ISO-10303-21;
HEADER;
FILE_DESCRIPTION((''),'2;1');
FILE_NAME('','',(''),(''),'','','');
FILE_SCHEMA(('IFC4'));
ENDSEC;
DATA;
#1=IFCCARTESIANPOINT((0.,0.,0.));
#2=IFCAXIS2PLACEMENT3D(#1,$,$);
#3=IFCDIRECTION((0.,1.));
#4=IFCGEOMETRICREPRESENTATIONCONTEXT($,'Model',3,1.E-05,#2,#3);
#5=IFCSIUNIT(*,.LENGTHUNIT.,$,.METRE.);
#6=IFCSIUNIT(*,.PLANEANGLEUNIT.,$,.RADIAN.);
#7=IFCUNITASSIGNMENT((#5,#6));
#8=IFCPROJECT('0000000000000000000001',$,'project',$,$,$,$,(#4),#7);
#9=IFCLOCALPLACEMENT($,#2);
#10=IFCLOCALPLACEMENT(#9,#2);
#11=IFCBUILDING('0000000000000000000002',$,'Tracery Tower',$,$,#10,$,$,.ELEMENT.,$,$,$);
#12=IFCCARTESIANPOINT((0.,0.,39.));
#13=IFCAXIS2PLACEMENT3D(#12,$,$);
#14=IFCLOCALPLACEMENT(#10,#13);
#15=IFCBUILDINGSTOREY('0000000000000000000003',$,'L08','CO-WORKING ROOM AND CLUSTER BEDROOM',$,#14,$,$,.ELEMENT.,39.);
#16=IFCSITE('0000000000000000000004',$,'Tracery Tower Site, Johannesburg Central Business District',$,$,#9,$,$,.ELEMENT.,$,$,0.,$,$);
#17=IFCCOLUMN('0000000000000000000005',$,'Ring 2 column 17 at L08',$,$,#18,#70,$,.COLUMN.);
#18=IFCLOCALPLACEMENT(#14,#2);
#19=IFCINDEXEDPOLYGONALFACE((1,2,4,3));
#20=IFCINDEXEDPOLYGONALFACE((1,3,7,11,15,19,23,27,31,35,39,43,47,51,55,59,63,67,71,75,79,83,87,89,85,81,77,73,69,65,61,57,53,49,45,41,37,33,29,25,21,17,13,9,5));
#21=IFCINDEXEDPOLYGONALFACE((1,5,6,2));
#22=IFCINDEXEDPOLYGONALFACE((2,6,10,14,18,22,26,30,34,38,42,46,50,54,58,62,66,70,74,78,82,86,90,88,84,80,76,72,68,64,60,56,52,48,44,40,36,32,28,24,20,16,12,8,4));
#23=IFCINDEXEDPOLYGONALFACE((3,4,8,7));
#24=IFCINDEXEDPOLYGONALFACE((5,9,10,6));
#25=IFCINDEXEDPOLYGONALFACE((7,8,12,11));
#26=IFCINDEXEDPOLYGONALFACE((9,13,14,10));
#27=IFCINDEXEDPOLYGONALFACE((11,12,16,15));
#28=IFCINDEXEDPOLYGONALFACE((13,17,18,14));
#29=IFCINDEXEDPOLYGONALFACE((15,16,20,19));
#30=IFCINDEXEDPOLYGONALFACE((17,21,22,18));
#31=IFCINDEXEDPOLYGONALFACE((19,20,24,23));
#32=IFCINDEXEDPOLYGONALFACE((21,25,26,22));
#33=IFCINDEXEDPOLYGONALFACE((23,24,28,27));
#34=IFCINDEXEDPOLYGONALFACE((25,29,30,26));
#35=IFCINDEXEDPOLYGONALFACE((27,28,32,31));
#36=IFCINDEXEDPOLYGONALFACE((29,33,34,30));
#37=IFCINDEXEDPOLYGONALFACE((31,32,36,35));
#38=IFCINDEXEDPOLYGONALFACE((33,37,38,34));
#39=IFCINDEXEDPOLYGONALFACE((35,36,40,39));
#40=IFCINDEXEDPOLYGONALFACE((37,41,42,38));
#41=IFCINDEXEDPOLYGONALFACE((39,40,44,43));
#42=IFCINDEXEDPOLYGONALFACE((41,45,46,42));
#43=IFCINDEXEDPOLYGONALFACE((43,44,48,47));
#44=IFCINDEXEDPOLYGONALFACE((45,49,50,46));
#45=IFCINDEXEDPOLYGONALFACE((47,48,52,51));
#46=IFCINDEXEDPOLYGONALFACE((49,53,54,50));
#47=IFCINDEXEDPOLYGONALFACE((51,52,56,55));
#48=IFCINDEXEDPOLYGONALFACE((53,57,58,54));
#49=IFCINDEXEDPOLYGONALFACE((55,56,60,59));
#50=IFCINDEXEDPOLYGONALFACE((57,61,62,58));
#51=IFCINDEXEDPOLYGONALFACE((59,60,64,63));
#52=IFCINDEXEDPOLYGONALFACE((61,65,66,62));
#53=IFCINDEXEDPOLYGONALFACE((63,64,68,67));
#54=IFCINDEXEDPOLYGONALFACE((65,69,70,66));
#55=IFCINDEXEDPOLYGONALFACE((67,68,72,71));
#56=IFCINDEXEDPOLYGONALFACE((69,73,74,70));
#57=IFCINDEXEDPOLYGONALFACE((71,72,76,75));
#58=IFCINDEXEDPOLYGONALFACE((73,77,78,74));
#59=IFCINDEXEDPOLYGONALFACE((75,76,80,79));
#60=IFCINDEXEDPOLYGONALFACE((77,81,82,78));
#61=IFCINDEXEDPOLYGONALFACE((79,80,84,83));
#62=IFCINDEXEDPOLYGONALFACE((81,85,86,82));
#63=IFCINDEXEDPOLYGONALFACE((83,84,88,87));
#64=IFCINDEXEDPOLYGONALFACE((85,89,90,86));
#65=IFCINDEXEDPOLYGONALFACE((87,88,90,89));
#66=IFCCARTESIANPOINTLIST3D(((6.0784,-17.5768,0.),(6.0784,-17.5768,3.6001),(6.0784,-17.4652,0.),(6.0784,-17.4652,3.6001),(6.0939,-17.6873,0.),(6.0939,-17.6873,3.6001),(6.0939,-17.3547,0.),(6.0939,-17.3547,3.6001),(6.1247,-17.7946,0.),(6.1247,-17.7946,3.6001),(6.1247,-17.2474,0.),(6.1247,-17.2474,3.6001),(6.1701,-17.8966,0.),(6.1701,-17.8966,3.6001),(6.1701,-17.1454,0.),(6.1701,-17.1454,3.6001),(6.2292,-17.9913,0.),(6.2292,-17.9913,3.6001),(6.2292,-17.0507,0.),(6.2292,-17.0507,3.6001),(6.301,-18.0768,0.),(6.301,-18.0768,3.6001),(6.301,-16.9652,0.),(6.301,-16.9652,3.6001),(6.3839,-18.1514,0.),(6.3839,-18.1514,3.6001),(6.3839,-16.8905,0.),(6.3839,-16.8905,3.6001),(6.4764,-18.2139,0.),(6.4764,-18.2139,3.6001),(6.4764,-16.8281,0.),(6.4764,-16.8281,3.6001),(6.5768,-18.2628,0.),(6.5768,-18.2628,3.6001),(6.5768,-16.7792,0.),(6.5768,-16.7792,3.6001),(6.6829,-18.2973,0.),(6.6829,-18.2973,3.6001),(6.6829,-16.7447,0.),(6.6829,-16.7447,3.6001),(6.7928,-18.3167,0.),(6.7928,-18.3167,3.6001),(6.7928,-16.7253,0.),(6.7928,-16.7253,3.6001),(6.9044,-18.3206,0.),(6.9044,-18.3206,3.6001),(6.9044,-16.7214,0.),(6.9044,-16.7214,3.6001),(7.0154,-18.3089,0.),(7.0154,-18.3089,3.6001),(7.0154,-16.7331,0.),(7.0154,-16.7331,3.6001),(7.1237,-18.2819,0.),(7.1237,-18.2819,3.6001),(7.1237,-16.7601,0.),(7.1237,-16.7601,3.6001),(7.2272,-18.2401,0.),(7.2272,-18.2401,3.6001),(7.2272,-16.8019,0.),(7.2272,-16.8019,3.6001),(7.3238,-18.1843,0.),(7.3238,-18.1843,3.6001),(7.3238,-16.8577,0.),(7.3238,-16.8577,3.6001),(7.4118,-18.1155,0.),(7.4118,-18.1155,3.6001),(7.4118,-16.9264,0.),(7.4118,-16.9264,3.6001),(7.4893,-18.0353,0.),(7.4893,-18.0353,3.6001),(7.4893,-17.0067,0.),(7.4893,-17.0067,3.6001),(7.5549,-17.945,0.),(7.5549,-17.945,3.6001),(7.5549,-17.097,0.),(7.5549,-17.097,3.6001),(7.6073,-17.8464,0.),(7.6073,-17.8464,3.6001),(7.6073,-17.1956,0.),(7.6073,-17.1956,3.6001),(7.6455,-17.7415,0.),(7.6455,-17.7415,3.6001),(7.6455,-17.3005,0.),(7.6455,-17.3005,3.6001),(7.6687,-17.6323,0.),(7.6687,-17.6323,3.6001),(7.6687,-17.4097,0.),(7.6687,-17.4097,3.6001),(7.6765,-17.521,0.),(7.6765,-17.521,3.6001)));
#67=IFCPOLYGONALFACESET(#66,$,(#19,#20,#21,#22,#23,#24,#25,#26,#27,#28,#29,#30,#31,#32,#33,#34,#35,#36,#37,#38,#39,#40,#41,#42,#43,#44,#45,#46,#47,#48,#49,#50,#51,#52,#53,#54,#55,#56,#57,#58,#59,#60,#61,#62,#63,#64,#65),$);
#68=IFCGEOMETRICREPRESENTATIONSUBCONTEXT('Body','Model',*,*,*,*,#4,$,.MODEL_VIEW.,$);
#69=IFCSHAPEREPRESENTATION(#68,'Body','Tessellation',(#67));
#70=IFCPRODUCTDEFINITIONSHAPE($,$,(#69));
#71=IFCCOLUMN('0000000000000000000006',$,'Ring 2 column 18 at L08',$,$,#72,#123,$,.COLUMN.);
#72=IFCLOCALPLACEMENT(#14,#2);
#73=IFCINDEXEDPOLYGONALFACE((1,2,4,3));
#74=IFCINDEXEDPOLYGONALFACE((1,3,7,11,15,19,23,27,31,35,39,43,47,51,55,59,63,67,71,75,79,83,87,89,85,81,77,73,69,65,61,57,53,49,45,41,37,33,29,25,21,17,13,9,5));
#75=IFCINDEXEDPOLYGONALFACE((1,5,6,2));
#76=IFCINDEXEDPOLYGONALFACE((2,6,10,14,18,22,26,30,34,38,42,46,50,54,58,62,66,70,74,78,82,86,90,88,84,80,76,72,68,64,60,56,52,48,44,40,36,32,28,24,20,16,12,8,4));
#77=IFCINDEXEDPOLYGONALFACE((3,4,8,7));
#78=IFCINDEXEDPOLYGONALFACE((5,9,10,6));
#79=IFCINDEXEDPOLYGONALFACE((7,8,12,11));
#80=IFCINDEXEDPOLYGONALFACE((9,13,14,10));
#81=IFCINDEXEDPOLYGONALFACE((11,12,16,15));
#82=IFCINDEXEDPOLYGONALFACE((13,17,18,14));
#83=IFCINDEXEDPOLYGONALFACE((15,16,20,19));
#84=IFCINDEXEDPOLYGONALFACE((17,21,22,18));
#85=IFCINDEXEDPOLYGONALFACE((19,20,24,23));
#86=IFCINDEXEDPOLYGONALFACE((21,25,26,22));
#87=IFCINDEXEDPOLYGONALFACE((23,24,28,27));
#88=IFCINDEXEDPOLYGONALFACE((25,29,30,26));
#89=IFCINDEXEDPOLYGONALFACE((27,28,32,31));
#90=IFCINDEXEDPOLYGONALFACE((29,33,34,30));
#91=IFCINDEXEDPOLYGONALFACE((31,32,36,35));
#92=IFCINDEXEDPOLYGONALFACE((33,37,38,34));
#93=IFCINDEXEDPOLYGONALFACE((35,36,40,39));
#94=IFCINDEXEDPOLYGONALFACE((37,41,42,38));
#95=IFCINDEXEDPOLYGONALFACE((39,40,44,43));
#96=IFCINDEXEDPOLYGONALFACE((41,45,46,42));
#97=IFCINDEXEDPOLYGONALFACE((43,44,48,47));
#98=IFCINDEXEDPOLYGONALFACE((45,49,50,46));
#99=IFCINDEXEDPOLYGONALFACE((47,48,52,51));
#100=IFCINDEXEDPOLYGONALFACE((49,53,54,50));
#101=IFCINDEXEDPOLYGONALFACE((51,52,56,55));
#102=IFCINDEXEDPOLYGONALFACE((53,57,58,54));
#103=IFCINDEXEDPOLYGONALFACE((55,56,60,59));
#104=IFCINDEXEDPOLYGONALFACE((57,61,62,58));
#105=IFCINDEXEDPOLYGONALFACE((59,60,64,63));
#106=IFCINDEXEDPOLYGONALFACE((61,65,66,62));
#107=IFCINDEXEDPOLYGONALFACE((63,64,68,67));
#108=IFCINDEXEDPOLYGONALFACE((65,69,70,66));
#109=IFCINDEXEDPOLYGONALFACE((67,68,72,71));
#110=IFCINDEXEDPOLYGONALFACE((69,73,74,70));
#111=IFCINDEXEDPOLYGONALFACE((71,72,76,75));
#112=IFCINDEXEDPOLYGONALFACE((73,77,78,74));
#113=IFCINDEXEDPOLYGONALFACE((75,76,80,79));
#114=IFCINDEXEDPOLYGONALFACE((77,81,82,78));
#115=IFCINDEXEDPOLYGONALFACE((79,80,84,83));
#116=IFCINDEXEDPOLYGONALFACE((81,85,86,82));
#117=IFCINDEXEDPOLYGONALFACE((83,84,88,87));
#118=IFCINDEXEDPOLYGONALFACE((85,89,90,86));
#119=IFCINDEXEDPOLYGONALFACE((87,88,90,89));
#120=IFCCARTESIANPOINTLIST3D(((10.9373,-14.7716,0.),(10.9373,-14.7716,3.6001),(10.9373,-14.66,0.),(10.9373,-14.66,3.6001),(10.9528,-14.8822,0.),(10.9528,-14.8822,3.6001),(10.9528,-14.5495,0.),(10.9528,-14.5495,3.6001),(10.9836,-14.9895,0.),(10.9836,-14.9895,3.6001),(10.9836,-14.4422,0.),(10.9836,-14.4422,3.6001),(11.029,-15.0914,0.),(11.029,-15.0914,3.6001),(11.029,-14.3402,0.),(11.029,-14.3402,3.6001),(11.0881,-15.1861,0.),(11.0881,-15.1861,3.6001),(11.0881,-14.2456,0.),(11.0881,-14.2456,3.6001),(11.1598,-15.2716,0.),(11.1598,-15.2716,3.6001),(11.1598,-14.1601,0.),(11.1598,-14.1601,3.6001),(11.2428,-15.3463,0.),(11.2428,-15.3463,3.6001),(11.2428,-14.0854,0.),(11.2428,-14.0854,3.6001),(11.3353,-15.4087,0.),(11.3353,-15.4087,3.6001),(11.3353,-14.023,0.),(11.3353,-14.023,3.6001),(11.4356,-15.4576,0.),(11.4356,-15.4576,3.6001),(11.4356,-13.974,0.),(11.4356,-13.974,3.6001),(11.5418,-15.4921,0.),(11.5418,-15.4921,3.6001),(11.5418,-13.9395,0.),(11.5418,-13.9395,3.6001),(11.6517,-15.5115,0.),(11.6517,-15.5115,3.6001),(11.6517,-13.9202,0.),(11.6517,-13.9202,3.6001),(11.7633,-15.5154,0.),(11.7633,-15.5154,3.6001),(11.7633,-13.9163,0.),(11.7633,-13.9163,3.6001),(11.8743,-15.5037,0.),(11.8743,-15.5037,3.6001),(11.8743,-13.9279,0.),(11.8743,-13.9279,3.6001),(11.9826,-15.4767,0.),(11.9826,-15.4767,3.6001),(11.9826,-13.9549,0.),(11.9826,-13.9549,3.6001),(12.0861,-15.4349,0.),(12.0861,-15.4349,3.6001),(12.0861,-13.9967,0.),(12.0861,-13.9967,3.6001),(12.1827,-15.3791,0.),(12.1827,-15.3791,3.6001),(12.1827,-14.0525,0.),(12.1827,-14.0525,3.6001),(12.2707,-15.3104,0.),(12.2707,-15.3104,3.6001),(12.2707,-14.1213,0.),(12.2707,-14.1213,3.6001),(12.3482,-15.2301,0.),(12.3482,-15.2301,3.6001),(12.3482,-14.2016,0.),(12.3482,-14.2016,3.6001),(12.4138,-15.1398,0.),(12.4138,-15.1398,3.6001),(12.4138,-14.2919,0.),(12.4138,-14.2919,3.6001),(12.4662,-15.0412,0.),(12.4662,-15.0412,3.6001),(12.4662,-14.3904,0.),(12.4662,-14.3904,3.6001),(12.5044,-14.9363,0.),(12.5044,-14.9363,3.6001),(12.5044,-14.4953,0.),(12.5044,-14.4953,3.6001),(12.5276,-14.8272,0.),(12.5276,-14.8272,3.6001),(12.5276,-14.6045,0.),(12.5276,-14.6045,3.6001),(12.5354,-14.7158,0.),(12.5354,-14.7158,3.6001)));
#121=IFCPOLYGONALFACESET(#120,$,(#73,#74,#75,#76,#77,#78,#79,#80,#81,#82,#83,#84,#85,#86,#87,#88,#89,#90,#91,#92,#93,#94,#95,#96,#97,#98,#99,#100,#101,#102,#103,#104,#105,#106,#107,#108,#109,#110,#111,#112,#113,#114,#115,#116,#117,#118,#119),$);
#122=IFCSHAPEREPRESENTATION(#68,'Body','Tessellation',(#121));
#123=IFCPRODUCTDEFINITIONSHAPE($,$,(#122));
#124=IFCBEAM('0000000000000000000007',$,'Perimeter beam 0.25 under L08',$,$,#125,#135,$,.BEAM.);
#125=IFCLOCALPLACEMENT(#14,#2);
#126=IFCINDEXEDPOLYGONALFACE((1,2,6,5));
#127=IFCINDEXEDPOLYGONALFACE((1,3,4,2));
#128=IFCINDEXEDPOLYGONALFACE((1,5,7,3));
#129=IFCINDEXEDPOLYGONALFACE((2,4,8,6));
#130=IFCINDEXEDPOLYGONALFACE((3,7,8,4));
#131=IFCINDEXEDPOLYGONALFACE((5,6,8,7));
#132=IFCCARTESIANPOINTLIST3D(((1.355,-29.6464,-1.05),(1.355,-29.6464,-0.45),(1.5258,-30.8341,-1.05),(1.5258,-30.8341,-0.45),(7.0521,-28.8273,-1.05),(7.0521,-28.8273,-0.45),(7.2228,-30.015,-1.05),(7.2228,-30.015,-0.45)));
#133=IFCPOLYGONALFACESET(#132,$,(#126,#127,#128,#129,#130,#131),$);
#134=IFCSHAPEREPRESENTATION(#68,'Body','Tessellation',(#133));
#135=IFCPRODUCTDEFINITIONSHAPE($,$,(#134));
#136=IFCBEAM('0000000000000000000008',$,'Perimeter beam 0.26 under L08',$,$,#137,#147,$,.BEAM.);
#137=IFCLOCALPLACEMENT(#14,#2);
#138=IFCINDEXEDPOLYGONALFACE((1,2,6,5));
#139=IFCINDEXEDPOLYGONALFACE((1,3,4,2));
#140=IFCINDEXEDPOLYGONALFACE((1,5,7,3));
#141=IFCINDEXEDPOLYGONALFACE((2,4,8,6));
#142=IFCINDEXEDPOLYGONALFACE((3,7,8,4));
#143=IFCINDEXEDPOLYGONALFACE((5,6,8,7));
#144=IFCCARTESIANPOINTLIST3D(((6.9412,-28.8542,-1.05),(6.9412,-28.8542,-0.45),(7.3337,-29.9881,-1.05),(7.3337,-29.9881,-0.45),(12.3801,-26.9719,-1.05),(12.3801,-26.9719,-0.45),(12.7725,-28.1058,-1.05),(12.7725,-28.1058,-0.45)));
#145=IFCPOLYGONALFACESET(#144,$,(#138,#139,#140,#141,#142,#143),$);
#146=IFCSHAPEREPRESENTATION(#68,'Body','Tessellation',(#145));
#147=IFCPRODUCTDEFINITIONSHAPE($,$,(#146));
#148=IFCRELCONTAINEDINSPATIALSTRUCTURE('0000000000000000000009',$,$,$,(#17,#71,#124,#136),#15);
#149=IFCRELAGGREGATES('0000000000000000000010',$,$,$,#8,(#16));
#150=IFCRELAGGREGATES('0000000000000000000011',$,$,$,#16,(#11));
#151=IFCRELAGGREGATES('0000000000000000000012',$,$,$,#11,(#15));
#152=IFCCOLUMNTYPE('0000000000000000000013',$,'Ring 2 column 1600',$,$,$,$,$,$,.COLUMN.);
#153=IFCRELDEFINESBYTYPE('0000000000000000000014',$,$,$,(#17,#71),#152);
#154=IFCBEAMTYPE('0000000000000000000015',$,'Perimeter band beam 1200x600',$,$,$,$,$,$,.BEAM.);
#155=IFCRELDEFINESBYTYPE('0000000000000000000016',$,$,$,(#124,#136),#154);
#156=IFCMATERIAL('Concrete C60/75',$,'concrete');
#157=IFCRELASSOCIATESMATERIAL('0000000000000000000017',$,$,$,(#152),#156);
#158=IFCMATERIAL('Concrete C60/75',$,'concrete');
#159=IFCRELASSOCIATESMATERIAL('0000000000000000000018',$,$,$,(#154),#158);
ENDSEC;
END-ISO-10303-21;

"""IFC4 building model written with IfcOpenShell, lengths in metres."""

from ifc_helpers import new_model, si_unit, direction, frame, origin, origin_2d, place, context, subcontext, project, spatial, rectangle, circle, extrude, material, material_profile, profile_set, type_object, element, save


model = new_model("IFC4")

# Units and contexts
model_context = context("Model", 3, precision=1e-05, world=origin(), true_north=direction((0.0, 1.0)))
body_context = subcontext(model_context, "Body", "Model", "MODEL_VIEW")
ifc_project = project(units=[si_unit("LENGTHUNIT", "METRE"), si_unit("PLANEANGLEUNIT", "RADIAN")], contexts=[model_context])

# Site, building, storey
site_placement = place(None, origin())
site = spatial("IfcSite", under=ifc_project, at=site_placement, Name="Tracery Tower Site, Johannesburg Central Business District", CompositionType="ELEMENT", RefElevation=0.0)
building_placement = place(site_placement, origin())
building = spatial("IfcBuilding", under=site, at=building_placement, Name="Tracery Tower", CompositionType="ELEMENT")
storey_placement = place(building_placement, frame((0.0, 0.0, 39.0)))
storey = spatial("IfcBuildingStorey", under=building, at=storey_placement, Name="L08", Description="CO-WORKING ROOM AND CLUSTER BEDROOM", CompositionType="ELEMENT", Elevation=39.0)

# Columns
ifc_material_1 = material(Name="Concrete C60/75", Category="concrete")
ifc_material_profile_1 = material_profile(ifc_material_1, circle(Radius=0.8, at=origin_2d()), Name="RC D1600")
ifc_profile_set_1 = profile_set([ifc_material_profile_1], Name="Concrete C60/75")
column_type_1 = type_object("IfcColumnType", Name="Ring 2 column 1600", PredefinedType="COLUMN", material=ifc_profile_set_1)
for number, where, z_axis, x_axis, name in (
    (1, (6.8765, -17.521, 0.0), (0.0, 0.0, 1.0), (1.0, 0.0, 0.0), "Ring 2 column 17 at L08"),
    (2, (11.7354, -14.7158, 0.0), (0.0, 0.0, 1.0), (1.0, 0.0, 0.0), "Ring 2 column 18 at L08"),
):
    element("IfcColumn", number, at=place(storey_placement, frame(where, z_axis=z_axis, x_axis=x_axis)), inside=storey, type_object=column_type_1, Name=name, PredefinedType="COLUMN", context=body_context, shape_type="SweptSolid", body=[
        extrude(circle(Radius=0.8, at=origin_2d()), origin(), (0.0, 0.0, 1.0), 3.6001),
    ])

# Beams
ifc_material_2 = material(Name="Concrete C60/75", Category="concrete")
ifc_material_profile_2 = material_profile(ifc_material_2, rectangle(XDim=1.2, YDim=0.6001, at=origin_2d()), Name="RC 1200x600")
ifc_profile_set_2 = profile_set([ifc_material_profile_2], Name="Concrete C60/75")
beam_type = type_object("IfcBeamType", Name="Perimeter band beam 1200x600", PredefinedType="BEAM", material=ifc_profile_set_2)
beam_1_placement = place(storey_placement, frame((1.4404, -30.2402, -0.75), z_axis=(0.989822, 0.142312, 0.0), x_axis=(-0.142312, 0.989822, 0.0)))
element("IfcBeam", 3, at=beam_1_placement, inside=storey, type_object=beam_type, Name="Perimeter beam 0.25 under L08", PredefinedType="BEAM", context=body_context, shape_type="SweptSolid", body=[
    extrude(rectangle(XDim=1.2, YDim=0.6001, at=origin_2d()), origin(), (0.0, 0.0, 1.0), 5.7556),
])
beam_2_placement = place(storey_placement, frame((7.1375, -29.4211, -0.75), z_axis=(0.945007, 0.327049, 0.0), x_axis=(-0.327049, 0.945007, 0.0)))
element("IfcBeam", 4, at=beam_2_placement, inside=storey, type_object=beam_type, Name="Perimeter beam 0.26 under L08", PredefinedType="BEAM", context=body_context, shape_type="SweptSolid", body=[
    extrude(rectangle(XDim=1.2, YDim=0.6001, at=origin_2d()), origin(), (0.0, 0.0, 1.0), 5.7554),
])

save(model, "model.ifc")
